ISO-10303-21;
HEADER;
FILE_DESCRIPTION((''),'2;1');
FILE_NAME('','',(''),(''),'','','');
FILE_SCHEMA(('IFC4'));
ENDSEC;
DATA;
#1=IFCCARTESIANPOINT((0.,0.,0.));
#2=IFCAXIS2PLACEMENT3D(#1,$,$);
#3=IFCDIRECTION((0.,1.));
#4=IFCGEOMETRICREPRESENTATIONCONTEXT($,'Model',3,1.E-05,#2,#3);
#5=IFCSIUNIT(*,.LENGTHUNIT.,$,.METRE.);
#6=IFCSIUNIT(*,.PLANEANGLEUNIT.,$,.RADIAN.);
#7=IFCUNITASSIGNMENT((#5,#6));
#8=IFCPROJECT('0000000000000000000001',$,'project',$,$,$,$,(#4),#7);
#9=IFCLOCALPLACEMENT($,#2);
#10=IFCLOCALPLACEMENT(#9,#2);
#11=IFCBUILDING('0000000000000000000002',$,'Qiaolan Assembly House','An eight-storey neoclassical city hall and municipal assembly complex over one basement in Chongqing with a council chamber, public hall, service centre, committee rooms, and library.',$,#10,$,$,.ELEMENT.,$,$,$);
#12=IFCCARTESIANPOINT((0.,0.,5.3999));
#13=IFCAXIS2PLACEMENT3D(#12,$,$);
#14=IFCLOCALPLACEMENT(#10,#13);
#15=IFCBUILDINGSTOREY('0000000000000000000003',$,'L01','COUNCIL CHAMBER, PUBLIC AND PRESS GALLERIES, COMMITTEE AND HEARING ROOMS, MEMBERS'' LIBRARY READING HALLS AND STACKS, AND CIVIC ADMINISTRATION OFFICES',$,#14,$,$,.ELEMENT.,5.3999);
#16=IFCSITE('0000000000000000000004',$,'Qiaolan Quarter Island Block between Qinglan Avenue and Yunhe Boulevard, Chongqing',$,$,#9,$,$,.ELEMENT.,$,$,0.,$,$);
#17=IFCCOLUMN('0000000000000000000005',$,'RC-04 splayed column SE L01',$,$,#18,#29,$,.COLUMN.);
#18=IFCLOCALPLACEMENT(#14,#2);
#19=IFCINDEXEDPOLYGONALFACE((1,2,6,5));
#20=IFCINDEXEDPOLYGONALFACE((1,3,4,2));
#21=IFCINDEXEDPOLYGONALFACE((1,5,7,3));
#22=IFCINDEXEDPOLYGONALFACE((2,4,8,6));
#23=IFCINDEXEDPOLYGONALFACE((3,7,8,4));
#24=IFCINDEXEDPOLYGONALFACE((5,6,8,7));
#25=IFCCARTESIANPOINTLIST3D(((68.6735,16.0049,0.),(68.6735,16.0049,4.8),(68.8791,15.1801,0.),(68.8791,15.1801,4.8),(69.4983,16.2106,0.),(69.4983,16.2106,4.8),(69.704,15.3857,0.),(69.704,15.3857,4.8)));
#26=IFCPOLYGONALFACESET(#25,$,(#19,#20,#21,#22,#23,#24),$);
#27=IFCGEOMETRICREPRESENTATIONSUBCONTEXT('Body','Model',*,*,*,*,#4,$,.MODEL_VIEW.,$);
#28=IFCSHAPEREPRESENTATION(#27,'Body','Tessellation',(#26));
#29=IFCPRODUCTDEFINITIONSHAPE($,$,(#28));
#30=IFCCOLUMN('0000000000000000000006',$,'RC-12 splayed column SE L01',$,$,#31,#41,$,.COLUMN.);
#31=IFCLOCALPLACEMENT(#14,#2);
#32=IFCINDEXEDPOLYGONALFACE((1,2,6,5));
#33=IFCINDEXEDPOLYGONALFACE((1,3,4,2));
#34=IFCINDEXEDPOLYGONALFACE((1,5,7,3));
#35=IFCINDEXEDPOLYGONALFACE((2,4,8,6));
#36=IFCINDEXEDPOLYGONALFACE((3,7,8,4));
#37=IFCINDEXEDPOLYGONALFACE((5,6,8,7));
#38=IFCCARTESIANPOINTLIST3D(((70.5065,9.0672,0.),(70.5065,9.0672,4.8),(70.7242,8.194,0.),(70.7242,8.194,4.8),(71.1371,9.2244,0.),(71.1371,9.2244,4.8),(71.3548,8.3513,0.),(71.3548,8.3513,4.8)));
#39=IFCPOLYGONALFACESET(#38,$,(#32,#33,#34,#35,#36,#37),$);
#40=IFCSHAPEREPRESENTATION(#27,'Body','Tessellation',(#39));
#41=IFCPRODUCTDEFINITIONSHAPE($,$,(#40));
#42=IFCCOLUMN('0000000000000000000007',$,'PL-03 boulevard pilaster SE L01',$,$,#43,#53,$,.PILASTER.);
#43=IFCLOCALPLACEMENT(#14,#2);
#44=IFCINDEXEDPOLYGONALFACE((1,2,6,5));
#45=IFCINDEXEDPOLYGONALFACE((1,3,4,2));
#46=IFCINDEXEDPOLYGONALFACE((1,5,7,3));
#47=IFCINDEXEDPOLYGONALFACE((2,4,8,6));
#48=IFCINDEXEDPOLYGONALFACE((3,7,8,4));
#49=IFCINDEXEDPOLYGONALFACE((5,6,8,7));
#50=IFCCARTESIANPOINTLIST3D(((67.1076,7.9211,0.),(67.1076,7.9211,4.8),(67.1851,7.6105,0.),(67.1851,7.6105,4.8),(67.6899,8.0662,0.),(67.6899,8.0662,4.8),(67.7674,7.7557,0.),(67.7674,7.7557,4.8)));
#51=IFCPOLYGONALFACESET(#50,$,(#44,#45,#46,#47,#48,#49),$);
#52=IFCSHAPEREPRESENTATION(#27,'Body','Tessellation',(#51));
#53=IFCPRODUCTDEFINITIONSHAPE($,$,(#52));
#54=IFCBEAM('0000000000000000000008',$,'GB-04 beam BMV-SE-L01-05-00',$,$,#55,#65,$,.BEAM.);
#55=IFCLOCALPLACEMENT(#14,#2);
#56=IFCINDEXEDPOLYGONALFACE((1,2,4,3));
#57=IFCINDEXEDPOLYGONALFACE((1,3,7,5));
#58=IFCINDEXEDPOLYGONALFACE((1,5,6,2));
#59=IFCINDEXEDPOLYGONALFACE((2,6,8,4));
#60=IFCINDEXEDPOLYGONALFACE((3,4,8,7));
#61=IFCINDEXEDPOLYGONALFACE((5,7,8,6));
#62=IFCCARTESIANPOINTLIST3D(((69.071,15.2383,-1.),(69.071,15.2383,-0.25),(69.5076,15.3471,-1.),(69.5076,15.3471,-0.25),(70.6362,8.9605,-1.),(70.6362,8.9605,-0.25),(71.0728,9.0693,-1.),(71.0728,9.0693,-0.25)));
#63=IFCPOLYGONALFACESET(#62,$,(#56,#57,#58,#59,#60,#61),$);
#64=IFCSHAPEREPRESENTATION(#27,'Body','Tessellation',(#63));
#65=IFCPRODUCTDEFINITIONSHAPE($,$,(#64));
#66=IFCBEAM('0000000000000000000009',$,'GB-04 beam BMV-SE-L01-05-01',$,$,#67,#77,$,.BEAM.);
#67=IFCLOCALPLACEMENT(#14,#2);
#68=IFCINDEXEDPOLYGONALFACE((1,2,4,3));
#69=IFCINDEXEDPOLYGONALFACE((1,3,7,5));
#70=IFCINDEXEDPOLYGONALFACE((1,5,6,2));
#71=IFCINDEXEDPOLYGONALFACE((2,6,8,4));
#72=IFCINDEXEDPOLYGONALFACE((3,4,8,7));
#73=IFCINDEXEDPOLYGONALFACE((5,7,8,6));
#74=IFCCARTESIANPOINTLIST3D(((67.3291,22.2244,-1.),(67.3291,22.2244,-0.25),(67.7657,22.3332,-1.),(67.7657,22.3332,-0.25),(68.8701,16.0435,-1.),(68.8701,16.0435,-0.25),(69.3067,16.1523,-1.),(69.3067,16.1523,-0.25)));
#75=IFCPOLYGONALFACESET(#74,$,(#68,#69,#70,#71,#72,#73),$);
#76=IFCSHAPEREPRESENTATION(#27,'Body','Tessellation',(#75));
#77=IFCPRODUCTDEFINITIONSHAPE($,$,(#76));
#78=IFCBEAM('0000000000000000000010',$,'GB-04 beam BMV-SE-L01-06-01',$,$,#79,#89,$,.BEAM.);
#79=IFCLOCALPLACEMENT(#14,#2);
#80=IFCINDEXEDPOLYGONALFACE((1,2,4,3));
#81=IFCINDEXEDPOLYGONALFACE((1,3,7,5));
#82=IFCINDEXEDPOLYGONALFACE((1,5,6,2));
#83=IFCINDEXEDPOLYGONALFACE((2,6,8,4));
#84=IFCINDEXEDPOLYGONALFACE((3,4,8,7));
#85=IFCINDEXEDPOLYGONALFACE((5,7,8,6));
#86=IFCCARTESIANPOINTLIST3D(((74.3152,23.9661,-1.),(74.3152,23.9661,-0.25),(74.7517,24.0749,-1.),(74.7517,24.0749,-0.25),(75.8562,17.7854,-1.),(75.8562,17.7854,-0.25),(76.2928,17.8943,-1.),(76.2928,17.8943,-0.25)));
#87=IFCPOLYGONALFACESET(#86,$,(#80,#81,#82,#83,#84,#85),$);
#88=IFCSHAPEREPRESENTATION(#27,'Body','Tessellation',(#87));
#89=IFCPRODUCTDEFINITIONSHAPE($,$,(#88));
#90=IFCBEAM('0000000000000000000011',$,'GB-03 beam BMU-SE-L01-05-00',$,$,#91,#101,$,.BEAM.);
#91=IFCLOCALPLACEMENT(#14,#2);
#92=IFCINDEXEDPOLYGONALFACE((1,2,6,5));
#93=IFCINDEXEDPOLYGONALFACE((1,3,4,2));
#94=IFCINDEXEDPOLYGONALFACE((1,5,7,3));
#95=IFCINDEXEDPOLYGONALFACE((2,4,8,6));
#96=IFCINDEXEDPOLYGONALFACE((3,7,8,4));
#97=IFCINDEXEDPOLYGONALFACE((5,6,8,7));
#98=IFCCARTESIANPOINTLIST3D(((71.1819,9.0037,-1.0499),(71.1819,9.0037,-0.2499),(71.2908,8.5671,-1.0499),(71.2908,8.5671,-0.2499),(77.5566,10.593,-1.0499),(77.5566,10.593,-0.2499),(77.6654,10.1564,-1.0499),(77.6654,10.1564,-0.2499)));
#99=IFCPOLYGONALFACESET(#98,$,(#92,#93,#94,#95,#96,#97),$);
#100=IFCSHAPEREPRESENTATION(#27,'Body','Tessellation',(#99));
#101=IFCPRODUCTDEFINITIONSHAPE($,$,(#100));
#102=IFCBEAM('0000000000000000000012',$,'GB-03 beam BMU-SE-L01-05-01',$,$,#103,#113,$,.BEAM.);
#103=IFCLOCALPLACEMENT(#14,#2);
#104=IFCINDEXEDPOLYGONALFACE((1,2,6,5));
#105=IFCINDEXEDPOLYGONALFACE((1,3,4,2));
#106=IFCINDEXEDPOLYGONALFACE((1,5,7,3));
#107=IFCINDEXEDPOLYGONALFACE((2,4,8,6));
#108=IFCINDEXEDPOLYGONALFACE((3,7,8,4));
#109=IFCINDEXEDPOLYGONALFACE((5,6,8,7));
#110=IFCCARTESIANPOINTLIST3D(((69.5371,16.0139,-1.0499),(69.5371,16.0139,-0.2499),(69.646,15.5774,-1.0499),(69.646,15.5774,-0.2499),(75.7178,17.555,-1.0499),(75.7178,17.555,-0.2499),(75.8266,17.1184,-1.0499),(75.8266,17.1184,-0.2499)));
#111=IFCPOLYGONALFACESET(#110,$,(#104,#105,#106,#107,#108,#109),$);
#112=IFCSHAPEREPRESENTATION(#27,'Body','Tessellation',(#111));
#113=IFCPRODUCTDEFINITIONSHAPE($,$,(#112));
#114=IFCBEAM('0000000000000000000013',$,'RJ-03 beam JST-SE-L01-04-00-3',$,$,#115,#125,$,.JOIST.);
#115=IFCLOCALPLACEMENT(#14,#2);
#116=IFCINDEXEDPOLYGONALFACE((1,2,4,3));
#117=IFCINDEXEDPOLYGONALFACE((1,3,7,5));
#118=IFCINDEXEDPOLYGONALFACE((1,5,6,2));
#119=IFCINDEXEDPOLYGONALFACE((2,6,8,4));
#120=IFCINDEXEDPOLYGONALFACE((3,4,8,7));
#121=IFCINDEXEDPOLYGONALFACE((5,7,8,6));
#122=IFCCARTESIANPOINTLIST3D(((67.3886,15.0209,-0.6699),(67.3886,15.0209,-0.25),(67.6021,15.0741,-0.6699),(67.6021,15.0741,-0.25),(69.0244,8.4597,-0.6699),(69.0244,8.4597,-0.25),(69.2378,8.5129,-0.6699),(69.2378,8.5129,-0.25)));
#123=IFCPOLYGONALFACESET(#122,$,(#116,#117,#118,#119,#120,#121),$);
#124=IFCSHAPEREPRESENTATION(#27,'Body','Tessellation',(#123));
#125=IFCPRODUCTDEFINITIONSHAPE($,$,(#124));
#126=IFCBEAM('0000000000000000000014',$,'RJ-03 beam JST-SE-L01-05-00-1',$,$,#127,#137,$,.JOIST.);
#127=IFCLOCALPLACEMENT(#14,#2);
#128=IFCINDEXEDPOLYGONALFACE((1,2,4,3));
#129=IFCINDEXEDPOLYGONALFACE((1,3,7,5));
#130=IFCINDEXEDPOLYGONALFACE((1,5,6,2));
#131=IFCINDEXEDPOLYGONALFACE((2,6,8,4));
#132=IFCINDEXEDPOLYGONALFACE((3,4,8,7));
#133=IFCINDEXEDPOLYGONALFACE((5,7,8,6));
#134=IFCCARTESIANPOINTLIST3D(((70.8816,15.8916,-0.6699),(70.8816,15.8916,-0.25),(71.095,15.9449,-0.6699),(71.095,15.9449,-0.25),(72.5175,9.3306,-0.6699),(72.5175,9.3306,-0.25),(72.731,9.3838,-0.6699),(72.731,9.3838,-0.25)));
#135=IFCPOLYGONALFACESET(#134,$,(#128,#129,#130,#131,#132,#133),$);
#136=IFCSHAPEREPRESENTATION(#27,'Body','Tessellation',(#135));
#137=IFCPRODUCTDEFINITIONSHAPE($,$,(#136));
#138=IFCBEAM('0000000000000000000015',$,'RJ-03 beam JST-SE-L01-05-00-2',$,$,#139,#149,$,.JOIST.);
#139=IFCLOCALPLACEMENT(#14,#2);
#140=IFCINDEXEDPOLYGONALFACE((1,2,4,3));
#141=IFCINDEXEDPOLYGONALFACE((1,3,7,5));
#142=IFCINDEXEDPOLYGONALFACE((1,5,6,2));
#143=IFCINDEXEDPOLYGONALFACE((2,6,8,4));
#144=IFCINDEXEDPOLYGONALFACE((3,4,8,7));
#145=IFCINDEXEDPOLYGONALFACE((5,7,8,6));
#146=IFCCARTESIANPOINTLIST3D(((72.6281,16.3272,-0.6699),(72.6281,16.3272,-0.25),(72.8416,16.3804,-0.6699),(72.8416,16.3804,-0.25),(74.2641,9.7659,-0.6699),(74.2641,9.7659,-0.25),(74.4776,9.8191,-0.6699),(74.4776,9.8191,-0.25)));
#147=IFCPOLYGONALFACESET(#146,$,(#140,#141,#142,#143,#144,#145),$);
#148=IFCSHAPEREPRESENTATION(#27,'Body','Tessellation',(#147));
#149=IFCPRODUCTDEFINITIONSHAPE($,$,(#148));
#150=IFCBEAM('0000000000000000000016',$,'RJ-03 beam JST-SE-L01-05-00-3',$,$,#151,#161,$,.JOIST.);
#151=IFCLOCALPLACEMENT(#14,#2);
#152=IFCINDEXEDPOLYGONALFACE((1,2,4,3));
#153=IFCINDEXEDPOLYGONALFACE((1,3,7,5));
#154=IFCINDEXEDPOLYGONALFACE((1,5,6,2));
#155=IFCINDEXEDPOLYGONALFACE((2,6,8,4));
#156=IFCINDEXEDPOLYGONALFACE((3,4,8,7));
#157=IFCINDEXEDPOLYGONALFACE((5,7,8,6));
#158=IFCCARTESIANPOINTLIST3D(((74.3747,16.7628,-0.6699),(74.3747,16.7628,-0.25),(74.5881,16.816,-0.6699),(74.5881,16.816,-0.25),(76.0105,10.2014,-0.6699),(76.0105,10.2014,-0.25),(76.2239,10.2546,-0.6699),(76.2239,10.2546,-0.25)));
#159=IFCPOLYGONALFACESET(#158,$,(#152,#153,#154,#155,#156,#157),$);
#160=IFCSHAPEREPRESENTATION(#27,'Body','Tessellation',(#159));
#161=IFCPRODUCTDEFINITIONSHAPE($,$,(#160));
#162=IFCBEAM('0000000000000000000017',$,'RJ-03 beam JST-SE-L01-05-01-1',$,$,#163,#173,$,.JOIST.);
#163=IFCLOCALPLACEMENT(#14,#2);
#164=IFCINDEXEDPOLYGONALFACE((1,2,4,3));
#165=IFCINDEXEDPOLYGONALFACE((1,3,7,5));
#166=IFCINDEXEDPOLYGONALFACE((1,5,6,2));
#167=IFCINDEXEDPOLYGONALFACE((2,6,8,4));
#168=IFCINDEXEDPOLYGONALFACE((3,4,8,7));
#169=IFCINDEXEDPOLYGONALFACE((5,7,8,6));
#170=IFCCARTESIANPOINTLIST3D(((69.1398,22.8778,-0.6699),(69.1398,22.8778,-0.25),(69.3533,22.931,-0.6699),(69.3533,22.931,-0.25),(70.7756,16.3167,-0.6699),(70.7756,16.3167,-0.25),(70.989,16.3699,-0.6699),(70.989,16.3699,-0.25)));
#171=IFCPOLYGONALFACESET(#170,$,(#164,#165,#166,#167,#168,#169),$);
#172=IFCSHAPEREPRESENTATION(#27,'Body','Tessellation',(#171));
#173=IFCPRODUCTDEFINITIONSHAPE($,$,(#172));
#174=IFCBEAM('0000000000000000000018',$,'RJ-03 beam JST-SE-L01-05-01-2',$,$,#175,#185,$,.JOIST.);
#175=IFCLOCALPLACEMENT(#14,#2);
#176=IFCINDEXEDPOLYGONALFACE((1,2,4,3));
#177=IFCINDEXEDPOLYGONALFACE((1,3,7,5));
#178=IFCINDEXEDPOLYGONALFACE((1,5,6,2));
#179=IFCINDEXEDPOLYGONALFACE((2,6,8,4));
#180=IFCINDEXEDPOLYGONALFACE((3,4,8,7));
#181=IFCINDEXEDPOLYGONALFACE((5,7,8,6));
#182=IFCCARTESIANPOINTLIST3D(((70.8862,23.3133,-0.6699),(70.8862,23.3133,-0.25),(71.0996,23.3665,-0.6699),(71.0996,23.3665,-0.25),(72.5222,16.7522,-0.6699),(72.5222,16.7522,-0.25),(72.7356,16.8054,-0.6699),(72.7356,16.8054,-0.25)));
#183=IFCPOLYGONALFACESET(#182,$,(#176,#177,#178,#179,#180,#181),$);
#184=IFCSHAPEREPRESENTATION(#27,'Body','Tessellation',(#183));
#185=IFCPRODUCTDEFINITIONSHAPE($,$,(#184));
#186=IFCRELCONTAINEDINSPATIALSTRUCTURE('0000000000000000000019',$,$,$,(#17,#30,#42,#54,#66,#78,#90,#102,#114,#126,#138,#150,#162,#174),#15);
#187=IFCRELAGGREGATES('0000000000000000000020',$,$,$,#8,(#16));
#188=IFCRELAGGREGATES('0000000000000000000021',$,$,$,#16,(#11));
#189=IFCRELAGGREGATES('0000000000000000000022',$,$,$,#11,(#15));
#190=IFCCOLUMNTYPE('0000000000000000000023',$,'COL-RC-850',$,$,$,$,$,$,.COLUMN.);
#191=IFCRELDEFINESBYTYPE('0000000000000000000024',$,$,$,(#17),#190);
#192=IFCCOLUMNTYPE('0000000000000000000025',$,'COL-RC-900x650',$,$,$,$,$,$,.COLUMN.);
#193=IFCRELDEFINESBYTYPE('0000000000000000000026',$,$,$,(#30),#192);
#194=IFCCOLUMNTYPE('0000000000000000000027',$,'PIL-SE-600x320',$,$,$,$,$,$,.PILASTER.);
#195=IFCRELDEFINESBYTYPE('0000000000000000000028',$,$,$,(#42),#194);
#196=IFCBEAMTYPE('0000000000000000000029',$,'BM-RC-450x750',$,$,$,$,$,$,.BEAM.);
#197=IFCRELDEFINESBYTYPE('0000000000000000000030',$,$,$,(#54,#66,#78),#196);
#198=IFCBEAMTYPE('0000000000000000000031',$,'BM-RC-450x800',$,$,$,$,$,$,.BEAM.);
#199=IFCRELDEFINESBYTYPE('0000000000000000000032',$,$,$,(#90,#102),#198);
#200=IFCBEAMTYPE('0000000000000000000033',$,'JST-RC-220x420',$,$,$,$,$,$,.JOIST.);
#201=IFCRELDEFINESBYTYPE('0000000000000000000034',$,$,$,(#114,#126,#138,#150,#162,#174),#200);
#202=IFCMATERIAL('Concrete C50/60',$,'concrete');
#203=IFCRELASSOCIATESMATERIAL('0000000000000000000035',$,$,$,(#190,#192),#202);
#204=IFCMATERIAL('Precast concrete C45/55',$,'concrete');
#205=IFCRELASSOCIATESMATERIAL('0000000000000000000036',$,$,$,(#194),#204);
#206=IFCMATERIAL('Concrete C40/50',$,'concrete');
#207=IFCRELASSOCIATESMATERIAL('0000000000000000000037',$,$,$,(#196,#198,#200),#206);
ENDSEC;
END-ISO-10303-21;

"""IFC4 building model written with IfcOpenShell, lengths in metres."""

from ifc_helpers import new_model, si_unit, direction, frame, origin, origin_2d, place, context, subcontext, project, spatial, rectangle, extrude, material, material_profile, profile_set, type_object, element, save


model = new_model("IFC4")

# Units and contexts
model_context = context("Model", 3, precision=1e-05, world=origin(), true_north=direction((0.0, 1.0)))
body_context = subcontext(model_context, "Body", "Model", "MODEL_VIEW")
ifc_project = project(units=[si_unit("LENGTHUNIT", "METRE"), si_unit("PLANEANGLEUNIT", "RADIAN")], contexts=[model_context])

# Site, building, storey
site_placement = place(None, origin())
site = spatial("IfcSite", under=ifc_project, at=site_placement, Name="Qiaolan Quarter Island Block between Qinglan Avenue and Yunhe Boulevard, Chongqing", CompositionType="ELEMENT", RefElevation=0.0)
building_placement = place(site_placement, origin())
building = spatial("IfcBuilding", under=site, at=building_placement, Name="Qiaolan Assembly House", Description="An eight-storey neoclassical city hall and municipal assembly complex over one basement in Chongqing with a council chamber, public hall, service centre, committee rooms, and library.", CompositionType="ELEMENT")
storey_placement = place(building_placement, frame((0.0, 0.0, 5.3999)))
storey = spatial("IfcBuildingStorey", under=building, at=storey_placement, Name="L01", Description="COUNCIL CHAMBER, PUBLIC AND PRESS GALLERIES, COMMITTEE AND HEARING ROOMS, MEMBERS' LIBRARY READING HALLS AND STACKS, AND CIVIC ADMINISTRATION OFFICES", CompositionType="ELEMENT", Elevation=5.3999)

# Columns
ifc_material_1 = material(Name="Concrete C50/60", Category="concrete")
ifc_material_profile_1 = material_profile(ifc_material_1, rectangle(XDim=0.8501, YDim=0.8501, at=origin_2d()), Name="RC 850x850")
ifc_profile_set_1 = profile_set([ifc_material_profile_1], Name="Concrete C50/60")
column_type_1 = type_object("IfcColumnType", Name="COL-RC-850", PredefinedType="COLUMN", material=ifc_profile_set_1)
column_1_placement = place(storey_placement, frame((69.1887, 15.6953, 0.0), z_axis=(0.0, 0.0, 1.0), x_axis=(0.970296, 0.241922, 0.0)))
element("IfcColumn", 1, at=column_1_placement, inside=storey, type_object=column_type_1, Name="RC-04 splayed column SE L01", PredefinedType="COLUMN", context=body_context, shape_type="SweptSolid", body=[
    extrude(rectangle(XDim=0.8501, YDim=0.8501, at=origin_2d()), origin(), (0.0, 0.0, 1.0), 4.8),
])
ifc_material_profile_2 = material_profile(ifc_material_1, rectangle(XDim=0.6499, YDim=0.8999, at=origin_2d()), Name="RC 900x650")
ifc_profile_set_2 = profile_set([ifc_material_profile_2], Name="Concrete C50/60")
column_type_2 = type_object("IfcColumnType", Name="COL-RC-900x650", PredefinedType="COLUMN", material=ifc_profile_set_2)
column_2_placement = place(storey_placement, frame((70.9307, 8.7092, 0.0), z_axis=(0.0, 0.0, 1.0), x_axis=(0.970296, 0.241922, 0.0)))
element("IfcColumn", 2, at=column_2_placement, inside=storey, type_object=column_type_2, Name="RC-12 splayed column SE L01", PredefinedType="COLUMN", context=body_context, shape_type="SweptSolid", body=[
    extrude(rectangle(XDim=0.6499, YDim=0.8999, at=origin_2d()), origin(), (0.0, 0.0, 1.0), 4.8),
])
ifc_material_2 = material(Name="Precast concrete C45/55", Category="concrete")
ifc_material_profile_3 = material_profile(ifc_material_2, rectangle(XDim=0.6001, YDim=0.3201, at=origin_2d()), Name="PIL 600x320")
ifc_profile_set_3 = profile_set([ifc_material_profile_3], Name="Precast concrete C45/55")
column_type_3 = type_object("IfcColumnType", Name="PIL-SE-600x320", PredefinedType="PILASTER", material=ifc_profile_set_3)
column_3_placement = place(storey_placement, frame((67.4375, 7.8384, 0.0), z_axis=(0.0, 0.0, 1.0), x_axis=(0.970296, 0.241922, 0.0)))
element("IfcColumn", 3, at=column_3_placement, inside=storey, type_object=column_type_3, Name="PL-03 boulevard pilaster SE L01", PredefinedType="PILASTER", context=body_context, shape_type="SweptSolid", body=[
    extrude(rectangle(XDim=0.6001, YDim=0.3201, at=origin_2d()), origin(), (0.0, 0.0, 1.0), 4.8),
])

# Beams
ifc_material_3 = material(Name="Concrete C40/50", Category="concrete")
ifc_material_profile_4 = material_profile(ifc_material_3, rectangle(XDim=0.45, YDim=0.75, at=origin_2d()), Name="RCB 450x750")
ifc_profile_set_4 = profile_set([ifc_material_profile_4], Name="Concrete C40/50")
beam_type_1 = type_object("IfcBeamType", Name="BM-RC-450x750", PredefinedType="BEAM", material=ifc_profile_set_4)
beam_1_placement = place(storey_placement, frame((70.8545, 9.0149, -0.625), z_axis=(-0.241914, 0.970298, 0.0), x_axis=(-0.970298, -0.241914, 0.0)))
element("IfcBeam", 4, at=beam_1_placement, inside=storey, type_object=beam_type_1, Name="GB-04 beam BMV-SE-L01-05-00", PredefinedType="BEAM", context=body_context, shape_type="SweptSolid", body=[
    extrude(rectangle(XDim=0.45, YDim=0.75, at=origin_2d()), origin(), (0.0, 0.0, 1.0), 6.47),
])
beam_2_placement = place(storey_placement, frame((69.0884, 16.0979, -0.625), z_axis=(-0.241913, 0.970298, 0.0), x_axis=(-0.970298, -0.241913, 0.0)))
element("IfcBeam", 5, at=beam_2_placement, inside=storey, type_object=beam_type_1, Name="GB-04 beam BMV-SE-L01-05-01", PredefinedType="BEAM", context=body_context, shape_type="SweptSolid", body=[
    extrude(rectangle(XDim=0.45, YDim=0.75, at=origin_2d()), origin(), (0.0, 0.0, 1.0), 6.3701),
])
beam_3_placement = place(storey_placement, frame((76.0745, 17.8398, -0.625), z_axis=(-0.241922, 0.970296, 0.0), x_axis=(-0.970296, -0.241922, 0.0)))
element("IfcBeam", 6, at=beam_3_placement, inside=storey, type_object=beam_type_1, Name="GB-04 beam BMV-SE-L01-06-01", PredefinedType="BEAM", context=body_context, shape_type="SweptSolid", body=[
    extrude(rectangle(XDim=0.45, YDim=0.75, at=origin_2d()), origin(), (0.0, 0.0, 1.0), 6.3699),
])
ifc_material_profile_5 = material_profile(ifc_material_3, rectangle(XDim=0.45, YDim=0.8, at=origin_2d()), Name="RCB 450x800")
ifc_profile_set_5 = profile_set([ifc_material_profile_5], Name="Concrete C40/50")
beam_type_2 = type_object("IfcBeamType", Name="BM-RC-450x800", PredefinedType="BEAM", material=ifc_profile_set_5)
beam_4_placement = place(storey_placement, frame((71.2363, 8.7854, -0.6499), z_axis=(0.970298, 0.241915, 0.0), x_axis=(-0.241915, 0.970298, 0.0)))
element("IfcBeam", 7, at=beam_4_placement, inside=storey, type_object=beam_type_2, Name="GB-03 beam BMU-SE-L01-05-00", PredefinedType="BEAM", context=body_context, shape_type="SweptSolid", body=[
    extrude(rectangle(XDim=0.45, YDim=0.8, at=origin_2d()), origin(), (0.0, 0.0, 1.0), 6.5698),
])
beam_5_placement = place(storey_placement, frame((69.5916, 15.7957, -0.6499), z_axis=(0.970296, 0.241922, 0.0), x_axis=(-0.241922, 0.970296, 0.0)))
element("IfcBeam", 8, at=beam_5_placement, inside=storey, type_object=beam_type_2, Name="GB-03 beam BMU-SE-L01-05-01", PredefinedType="BEAM", context=body_context, shape_type="SweptSolid", body=[
    extrude(rectangle(XDim=0.45, YDim=0.8, at=origin_2d()), origin(), (0.0, 0.0, 1.0), 6.3699),
])
ifc_material_profile_6 = material_profile(ifc_material_3, rectangle(XDim=0.22, YDim=0.4199, at=origin_2d()), Name="RCB 220x420")
ifc_profile_set_6 = profile_set([ifc_material_profile_6], Name="Concrete C40/50")
beam_type_3 = type_object("IfcBeamType", Name="JST-RC-220x420", PredefinedType="JOIST", material=ifc_profile_set_6)
for number, where, z_axis, x_axis, name in (
    (9, (69.1311, 8.4863, -0.46), (-0.241907, 0.970299, 0.0), (-0.970299, -0.241907, 0.0), "RJ-03 beam JST-SE-L01-04-00-3"),
    (10, (72.6243, 9.3572, -0.46), (-0.241941, 0.970291, 0.0), (-0.970291, -0.241941, 0.0), "RJ-03 beam JST-SE-L01-05-00-1"),
):
    element("IfcBeam", number, at=place(storey_placement, frame(where, z_axis=z_axis, x_axis=x_axis)), inside=storey, type_object=beam_type_3, Name=name, PredefinedType="JOIST", context=body_context, shape_type="SweptSolid", body=[
        extrude(rectangle(XDim=0.22, YDim=0.4199, at=origin_2d()), origin(), (0.0, 0.0, 1.0), 6.762),
    ])
for number, where, z_axis, x_axis, name in (
    (11, (74.3708, 9.7925, -0.46), (-0.241932, 0.970293, 0.0), (-0.970293, -0.241932, 0.0), "RJ-03 beam JST-SE-L01-05-00-2"),
    (12, (76.1172, 10.228, -0.46), (-0.241898, 0.970302, 0.0), (-0.970302, -0.241898, 0.0), "RJ-03 beam JST-SE-L01-05-00-3"),
):
    element("IfcBeam", number, at=place(storey_placement, frame(where, z_axis=z_axis, x_axis=x_axis)), inside=storey, type_object=beam_type_3, Name=name, PredefinedType="JOIST", context=body_context, shape_type="SweptSolid", body=[
        extrude(rectangle(XDim=0.22, YDim=0.4199, at=origin_2d()), origin(), (0.0, 0.0, 1.0), 6.7622),
    ])
for number, where, z_axis, x_axis, name in (
    (13, (70.8823, 16.3433, -0.46), (-0.241907, 0.970299, 0.0), (-0.970299, -0.241907, 0.0), "RJ-03 beam JST-SE-L01-05-01-1"),
    (14, (72.6289, 16.7788, -0.46), (-0.241941, 0.970291, 0.0), (-0.970291, -0.241941, 0.0), "RJ-03 beam JST-SE-L01-05-01-2"),
):
    element("IfcBeam", number, at=place(storey_placement, frame(where, z_axis=z_axis, x_axis=x_axis)), inside=storey, type_object=beam_type_3, Name=name, PredefinedType="JOIST", context=body_context, shape_type="SweptSolid", body=[
        extrude(rectangle(XDim=0.22, YDim=0.4199, at=origin_2d()), origin(), (0.0, 0.0, 1.0), 6.762),
    ])

save(model, "model.ifc")
